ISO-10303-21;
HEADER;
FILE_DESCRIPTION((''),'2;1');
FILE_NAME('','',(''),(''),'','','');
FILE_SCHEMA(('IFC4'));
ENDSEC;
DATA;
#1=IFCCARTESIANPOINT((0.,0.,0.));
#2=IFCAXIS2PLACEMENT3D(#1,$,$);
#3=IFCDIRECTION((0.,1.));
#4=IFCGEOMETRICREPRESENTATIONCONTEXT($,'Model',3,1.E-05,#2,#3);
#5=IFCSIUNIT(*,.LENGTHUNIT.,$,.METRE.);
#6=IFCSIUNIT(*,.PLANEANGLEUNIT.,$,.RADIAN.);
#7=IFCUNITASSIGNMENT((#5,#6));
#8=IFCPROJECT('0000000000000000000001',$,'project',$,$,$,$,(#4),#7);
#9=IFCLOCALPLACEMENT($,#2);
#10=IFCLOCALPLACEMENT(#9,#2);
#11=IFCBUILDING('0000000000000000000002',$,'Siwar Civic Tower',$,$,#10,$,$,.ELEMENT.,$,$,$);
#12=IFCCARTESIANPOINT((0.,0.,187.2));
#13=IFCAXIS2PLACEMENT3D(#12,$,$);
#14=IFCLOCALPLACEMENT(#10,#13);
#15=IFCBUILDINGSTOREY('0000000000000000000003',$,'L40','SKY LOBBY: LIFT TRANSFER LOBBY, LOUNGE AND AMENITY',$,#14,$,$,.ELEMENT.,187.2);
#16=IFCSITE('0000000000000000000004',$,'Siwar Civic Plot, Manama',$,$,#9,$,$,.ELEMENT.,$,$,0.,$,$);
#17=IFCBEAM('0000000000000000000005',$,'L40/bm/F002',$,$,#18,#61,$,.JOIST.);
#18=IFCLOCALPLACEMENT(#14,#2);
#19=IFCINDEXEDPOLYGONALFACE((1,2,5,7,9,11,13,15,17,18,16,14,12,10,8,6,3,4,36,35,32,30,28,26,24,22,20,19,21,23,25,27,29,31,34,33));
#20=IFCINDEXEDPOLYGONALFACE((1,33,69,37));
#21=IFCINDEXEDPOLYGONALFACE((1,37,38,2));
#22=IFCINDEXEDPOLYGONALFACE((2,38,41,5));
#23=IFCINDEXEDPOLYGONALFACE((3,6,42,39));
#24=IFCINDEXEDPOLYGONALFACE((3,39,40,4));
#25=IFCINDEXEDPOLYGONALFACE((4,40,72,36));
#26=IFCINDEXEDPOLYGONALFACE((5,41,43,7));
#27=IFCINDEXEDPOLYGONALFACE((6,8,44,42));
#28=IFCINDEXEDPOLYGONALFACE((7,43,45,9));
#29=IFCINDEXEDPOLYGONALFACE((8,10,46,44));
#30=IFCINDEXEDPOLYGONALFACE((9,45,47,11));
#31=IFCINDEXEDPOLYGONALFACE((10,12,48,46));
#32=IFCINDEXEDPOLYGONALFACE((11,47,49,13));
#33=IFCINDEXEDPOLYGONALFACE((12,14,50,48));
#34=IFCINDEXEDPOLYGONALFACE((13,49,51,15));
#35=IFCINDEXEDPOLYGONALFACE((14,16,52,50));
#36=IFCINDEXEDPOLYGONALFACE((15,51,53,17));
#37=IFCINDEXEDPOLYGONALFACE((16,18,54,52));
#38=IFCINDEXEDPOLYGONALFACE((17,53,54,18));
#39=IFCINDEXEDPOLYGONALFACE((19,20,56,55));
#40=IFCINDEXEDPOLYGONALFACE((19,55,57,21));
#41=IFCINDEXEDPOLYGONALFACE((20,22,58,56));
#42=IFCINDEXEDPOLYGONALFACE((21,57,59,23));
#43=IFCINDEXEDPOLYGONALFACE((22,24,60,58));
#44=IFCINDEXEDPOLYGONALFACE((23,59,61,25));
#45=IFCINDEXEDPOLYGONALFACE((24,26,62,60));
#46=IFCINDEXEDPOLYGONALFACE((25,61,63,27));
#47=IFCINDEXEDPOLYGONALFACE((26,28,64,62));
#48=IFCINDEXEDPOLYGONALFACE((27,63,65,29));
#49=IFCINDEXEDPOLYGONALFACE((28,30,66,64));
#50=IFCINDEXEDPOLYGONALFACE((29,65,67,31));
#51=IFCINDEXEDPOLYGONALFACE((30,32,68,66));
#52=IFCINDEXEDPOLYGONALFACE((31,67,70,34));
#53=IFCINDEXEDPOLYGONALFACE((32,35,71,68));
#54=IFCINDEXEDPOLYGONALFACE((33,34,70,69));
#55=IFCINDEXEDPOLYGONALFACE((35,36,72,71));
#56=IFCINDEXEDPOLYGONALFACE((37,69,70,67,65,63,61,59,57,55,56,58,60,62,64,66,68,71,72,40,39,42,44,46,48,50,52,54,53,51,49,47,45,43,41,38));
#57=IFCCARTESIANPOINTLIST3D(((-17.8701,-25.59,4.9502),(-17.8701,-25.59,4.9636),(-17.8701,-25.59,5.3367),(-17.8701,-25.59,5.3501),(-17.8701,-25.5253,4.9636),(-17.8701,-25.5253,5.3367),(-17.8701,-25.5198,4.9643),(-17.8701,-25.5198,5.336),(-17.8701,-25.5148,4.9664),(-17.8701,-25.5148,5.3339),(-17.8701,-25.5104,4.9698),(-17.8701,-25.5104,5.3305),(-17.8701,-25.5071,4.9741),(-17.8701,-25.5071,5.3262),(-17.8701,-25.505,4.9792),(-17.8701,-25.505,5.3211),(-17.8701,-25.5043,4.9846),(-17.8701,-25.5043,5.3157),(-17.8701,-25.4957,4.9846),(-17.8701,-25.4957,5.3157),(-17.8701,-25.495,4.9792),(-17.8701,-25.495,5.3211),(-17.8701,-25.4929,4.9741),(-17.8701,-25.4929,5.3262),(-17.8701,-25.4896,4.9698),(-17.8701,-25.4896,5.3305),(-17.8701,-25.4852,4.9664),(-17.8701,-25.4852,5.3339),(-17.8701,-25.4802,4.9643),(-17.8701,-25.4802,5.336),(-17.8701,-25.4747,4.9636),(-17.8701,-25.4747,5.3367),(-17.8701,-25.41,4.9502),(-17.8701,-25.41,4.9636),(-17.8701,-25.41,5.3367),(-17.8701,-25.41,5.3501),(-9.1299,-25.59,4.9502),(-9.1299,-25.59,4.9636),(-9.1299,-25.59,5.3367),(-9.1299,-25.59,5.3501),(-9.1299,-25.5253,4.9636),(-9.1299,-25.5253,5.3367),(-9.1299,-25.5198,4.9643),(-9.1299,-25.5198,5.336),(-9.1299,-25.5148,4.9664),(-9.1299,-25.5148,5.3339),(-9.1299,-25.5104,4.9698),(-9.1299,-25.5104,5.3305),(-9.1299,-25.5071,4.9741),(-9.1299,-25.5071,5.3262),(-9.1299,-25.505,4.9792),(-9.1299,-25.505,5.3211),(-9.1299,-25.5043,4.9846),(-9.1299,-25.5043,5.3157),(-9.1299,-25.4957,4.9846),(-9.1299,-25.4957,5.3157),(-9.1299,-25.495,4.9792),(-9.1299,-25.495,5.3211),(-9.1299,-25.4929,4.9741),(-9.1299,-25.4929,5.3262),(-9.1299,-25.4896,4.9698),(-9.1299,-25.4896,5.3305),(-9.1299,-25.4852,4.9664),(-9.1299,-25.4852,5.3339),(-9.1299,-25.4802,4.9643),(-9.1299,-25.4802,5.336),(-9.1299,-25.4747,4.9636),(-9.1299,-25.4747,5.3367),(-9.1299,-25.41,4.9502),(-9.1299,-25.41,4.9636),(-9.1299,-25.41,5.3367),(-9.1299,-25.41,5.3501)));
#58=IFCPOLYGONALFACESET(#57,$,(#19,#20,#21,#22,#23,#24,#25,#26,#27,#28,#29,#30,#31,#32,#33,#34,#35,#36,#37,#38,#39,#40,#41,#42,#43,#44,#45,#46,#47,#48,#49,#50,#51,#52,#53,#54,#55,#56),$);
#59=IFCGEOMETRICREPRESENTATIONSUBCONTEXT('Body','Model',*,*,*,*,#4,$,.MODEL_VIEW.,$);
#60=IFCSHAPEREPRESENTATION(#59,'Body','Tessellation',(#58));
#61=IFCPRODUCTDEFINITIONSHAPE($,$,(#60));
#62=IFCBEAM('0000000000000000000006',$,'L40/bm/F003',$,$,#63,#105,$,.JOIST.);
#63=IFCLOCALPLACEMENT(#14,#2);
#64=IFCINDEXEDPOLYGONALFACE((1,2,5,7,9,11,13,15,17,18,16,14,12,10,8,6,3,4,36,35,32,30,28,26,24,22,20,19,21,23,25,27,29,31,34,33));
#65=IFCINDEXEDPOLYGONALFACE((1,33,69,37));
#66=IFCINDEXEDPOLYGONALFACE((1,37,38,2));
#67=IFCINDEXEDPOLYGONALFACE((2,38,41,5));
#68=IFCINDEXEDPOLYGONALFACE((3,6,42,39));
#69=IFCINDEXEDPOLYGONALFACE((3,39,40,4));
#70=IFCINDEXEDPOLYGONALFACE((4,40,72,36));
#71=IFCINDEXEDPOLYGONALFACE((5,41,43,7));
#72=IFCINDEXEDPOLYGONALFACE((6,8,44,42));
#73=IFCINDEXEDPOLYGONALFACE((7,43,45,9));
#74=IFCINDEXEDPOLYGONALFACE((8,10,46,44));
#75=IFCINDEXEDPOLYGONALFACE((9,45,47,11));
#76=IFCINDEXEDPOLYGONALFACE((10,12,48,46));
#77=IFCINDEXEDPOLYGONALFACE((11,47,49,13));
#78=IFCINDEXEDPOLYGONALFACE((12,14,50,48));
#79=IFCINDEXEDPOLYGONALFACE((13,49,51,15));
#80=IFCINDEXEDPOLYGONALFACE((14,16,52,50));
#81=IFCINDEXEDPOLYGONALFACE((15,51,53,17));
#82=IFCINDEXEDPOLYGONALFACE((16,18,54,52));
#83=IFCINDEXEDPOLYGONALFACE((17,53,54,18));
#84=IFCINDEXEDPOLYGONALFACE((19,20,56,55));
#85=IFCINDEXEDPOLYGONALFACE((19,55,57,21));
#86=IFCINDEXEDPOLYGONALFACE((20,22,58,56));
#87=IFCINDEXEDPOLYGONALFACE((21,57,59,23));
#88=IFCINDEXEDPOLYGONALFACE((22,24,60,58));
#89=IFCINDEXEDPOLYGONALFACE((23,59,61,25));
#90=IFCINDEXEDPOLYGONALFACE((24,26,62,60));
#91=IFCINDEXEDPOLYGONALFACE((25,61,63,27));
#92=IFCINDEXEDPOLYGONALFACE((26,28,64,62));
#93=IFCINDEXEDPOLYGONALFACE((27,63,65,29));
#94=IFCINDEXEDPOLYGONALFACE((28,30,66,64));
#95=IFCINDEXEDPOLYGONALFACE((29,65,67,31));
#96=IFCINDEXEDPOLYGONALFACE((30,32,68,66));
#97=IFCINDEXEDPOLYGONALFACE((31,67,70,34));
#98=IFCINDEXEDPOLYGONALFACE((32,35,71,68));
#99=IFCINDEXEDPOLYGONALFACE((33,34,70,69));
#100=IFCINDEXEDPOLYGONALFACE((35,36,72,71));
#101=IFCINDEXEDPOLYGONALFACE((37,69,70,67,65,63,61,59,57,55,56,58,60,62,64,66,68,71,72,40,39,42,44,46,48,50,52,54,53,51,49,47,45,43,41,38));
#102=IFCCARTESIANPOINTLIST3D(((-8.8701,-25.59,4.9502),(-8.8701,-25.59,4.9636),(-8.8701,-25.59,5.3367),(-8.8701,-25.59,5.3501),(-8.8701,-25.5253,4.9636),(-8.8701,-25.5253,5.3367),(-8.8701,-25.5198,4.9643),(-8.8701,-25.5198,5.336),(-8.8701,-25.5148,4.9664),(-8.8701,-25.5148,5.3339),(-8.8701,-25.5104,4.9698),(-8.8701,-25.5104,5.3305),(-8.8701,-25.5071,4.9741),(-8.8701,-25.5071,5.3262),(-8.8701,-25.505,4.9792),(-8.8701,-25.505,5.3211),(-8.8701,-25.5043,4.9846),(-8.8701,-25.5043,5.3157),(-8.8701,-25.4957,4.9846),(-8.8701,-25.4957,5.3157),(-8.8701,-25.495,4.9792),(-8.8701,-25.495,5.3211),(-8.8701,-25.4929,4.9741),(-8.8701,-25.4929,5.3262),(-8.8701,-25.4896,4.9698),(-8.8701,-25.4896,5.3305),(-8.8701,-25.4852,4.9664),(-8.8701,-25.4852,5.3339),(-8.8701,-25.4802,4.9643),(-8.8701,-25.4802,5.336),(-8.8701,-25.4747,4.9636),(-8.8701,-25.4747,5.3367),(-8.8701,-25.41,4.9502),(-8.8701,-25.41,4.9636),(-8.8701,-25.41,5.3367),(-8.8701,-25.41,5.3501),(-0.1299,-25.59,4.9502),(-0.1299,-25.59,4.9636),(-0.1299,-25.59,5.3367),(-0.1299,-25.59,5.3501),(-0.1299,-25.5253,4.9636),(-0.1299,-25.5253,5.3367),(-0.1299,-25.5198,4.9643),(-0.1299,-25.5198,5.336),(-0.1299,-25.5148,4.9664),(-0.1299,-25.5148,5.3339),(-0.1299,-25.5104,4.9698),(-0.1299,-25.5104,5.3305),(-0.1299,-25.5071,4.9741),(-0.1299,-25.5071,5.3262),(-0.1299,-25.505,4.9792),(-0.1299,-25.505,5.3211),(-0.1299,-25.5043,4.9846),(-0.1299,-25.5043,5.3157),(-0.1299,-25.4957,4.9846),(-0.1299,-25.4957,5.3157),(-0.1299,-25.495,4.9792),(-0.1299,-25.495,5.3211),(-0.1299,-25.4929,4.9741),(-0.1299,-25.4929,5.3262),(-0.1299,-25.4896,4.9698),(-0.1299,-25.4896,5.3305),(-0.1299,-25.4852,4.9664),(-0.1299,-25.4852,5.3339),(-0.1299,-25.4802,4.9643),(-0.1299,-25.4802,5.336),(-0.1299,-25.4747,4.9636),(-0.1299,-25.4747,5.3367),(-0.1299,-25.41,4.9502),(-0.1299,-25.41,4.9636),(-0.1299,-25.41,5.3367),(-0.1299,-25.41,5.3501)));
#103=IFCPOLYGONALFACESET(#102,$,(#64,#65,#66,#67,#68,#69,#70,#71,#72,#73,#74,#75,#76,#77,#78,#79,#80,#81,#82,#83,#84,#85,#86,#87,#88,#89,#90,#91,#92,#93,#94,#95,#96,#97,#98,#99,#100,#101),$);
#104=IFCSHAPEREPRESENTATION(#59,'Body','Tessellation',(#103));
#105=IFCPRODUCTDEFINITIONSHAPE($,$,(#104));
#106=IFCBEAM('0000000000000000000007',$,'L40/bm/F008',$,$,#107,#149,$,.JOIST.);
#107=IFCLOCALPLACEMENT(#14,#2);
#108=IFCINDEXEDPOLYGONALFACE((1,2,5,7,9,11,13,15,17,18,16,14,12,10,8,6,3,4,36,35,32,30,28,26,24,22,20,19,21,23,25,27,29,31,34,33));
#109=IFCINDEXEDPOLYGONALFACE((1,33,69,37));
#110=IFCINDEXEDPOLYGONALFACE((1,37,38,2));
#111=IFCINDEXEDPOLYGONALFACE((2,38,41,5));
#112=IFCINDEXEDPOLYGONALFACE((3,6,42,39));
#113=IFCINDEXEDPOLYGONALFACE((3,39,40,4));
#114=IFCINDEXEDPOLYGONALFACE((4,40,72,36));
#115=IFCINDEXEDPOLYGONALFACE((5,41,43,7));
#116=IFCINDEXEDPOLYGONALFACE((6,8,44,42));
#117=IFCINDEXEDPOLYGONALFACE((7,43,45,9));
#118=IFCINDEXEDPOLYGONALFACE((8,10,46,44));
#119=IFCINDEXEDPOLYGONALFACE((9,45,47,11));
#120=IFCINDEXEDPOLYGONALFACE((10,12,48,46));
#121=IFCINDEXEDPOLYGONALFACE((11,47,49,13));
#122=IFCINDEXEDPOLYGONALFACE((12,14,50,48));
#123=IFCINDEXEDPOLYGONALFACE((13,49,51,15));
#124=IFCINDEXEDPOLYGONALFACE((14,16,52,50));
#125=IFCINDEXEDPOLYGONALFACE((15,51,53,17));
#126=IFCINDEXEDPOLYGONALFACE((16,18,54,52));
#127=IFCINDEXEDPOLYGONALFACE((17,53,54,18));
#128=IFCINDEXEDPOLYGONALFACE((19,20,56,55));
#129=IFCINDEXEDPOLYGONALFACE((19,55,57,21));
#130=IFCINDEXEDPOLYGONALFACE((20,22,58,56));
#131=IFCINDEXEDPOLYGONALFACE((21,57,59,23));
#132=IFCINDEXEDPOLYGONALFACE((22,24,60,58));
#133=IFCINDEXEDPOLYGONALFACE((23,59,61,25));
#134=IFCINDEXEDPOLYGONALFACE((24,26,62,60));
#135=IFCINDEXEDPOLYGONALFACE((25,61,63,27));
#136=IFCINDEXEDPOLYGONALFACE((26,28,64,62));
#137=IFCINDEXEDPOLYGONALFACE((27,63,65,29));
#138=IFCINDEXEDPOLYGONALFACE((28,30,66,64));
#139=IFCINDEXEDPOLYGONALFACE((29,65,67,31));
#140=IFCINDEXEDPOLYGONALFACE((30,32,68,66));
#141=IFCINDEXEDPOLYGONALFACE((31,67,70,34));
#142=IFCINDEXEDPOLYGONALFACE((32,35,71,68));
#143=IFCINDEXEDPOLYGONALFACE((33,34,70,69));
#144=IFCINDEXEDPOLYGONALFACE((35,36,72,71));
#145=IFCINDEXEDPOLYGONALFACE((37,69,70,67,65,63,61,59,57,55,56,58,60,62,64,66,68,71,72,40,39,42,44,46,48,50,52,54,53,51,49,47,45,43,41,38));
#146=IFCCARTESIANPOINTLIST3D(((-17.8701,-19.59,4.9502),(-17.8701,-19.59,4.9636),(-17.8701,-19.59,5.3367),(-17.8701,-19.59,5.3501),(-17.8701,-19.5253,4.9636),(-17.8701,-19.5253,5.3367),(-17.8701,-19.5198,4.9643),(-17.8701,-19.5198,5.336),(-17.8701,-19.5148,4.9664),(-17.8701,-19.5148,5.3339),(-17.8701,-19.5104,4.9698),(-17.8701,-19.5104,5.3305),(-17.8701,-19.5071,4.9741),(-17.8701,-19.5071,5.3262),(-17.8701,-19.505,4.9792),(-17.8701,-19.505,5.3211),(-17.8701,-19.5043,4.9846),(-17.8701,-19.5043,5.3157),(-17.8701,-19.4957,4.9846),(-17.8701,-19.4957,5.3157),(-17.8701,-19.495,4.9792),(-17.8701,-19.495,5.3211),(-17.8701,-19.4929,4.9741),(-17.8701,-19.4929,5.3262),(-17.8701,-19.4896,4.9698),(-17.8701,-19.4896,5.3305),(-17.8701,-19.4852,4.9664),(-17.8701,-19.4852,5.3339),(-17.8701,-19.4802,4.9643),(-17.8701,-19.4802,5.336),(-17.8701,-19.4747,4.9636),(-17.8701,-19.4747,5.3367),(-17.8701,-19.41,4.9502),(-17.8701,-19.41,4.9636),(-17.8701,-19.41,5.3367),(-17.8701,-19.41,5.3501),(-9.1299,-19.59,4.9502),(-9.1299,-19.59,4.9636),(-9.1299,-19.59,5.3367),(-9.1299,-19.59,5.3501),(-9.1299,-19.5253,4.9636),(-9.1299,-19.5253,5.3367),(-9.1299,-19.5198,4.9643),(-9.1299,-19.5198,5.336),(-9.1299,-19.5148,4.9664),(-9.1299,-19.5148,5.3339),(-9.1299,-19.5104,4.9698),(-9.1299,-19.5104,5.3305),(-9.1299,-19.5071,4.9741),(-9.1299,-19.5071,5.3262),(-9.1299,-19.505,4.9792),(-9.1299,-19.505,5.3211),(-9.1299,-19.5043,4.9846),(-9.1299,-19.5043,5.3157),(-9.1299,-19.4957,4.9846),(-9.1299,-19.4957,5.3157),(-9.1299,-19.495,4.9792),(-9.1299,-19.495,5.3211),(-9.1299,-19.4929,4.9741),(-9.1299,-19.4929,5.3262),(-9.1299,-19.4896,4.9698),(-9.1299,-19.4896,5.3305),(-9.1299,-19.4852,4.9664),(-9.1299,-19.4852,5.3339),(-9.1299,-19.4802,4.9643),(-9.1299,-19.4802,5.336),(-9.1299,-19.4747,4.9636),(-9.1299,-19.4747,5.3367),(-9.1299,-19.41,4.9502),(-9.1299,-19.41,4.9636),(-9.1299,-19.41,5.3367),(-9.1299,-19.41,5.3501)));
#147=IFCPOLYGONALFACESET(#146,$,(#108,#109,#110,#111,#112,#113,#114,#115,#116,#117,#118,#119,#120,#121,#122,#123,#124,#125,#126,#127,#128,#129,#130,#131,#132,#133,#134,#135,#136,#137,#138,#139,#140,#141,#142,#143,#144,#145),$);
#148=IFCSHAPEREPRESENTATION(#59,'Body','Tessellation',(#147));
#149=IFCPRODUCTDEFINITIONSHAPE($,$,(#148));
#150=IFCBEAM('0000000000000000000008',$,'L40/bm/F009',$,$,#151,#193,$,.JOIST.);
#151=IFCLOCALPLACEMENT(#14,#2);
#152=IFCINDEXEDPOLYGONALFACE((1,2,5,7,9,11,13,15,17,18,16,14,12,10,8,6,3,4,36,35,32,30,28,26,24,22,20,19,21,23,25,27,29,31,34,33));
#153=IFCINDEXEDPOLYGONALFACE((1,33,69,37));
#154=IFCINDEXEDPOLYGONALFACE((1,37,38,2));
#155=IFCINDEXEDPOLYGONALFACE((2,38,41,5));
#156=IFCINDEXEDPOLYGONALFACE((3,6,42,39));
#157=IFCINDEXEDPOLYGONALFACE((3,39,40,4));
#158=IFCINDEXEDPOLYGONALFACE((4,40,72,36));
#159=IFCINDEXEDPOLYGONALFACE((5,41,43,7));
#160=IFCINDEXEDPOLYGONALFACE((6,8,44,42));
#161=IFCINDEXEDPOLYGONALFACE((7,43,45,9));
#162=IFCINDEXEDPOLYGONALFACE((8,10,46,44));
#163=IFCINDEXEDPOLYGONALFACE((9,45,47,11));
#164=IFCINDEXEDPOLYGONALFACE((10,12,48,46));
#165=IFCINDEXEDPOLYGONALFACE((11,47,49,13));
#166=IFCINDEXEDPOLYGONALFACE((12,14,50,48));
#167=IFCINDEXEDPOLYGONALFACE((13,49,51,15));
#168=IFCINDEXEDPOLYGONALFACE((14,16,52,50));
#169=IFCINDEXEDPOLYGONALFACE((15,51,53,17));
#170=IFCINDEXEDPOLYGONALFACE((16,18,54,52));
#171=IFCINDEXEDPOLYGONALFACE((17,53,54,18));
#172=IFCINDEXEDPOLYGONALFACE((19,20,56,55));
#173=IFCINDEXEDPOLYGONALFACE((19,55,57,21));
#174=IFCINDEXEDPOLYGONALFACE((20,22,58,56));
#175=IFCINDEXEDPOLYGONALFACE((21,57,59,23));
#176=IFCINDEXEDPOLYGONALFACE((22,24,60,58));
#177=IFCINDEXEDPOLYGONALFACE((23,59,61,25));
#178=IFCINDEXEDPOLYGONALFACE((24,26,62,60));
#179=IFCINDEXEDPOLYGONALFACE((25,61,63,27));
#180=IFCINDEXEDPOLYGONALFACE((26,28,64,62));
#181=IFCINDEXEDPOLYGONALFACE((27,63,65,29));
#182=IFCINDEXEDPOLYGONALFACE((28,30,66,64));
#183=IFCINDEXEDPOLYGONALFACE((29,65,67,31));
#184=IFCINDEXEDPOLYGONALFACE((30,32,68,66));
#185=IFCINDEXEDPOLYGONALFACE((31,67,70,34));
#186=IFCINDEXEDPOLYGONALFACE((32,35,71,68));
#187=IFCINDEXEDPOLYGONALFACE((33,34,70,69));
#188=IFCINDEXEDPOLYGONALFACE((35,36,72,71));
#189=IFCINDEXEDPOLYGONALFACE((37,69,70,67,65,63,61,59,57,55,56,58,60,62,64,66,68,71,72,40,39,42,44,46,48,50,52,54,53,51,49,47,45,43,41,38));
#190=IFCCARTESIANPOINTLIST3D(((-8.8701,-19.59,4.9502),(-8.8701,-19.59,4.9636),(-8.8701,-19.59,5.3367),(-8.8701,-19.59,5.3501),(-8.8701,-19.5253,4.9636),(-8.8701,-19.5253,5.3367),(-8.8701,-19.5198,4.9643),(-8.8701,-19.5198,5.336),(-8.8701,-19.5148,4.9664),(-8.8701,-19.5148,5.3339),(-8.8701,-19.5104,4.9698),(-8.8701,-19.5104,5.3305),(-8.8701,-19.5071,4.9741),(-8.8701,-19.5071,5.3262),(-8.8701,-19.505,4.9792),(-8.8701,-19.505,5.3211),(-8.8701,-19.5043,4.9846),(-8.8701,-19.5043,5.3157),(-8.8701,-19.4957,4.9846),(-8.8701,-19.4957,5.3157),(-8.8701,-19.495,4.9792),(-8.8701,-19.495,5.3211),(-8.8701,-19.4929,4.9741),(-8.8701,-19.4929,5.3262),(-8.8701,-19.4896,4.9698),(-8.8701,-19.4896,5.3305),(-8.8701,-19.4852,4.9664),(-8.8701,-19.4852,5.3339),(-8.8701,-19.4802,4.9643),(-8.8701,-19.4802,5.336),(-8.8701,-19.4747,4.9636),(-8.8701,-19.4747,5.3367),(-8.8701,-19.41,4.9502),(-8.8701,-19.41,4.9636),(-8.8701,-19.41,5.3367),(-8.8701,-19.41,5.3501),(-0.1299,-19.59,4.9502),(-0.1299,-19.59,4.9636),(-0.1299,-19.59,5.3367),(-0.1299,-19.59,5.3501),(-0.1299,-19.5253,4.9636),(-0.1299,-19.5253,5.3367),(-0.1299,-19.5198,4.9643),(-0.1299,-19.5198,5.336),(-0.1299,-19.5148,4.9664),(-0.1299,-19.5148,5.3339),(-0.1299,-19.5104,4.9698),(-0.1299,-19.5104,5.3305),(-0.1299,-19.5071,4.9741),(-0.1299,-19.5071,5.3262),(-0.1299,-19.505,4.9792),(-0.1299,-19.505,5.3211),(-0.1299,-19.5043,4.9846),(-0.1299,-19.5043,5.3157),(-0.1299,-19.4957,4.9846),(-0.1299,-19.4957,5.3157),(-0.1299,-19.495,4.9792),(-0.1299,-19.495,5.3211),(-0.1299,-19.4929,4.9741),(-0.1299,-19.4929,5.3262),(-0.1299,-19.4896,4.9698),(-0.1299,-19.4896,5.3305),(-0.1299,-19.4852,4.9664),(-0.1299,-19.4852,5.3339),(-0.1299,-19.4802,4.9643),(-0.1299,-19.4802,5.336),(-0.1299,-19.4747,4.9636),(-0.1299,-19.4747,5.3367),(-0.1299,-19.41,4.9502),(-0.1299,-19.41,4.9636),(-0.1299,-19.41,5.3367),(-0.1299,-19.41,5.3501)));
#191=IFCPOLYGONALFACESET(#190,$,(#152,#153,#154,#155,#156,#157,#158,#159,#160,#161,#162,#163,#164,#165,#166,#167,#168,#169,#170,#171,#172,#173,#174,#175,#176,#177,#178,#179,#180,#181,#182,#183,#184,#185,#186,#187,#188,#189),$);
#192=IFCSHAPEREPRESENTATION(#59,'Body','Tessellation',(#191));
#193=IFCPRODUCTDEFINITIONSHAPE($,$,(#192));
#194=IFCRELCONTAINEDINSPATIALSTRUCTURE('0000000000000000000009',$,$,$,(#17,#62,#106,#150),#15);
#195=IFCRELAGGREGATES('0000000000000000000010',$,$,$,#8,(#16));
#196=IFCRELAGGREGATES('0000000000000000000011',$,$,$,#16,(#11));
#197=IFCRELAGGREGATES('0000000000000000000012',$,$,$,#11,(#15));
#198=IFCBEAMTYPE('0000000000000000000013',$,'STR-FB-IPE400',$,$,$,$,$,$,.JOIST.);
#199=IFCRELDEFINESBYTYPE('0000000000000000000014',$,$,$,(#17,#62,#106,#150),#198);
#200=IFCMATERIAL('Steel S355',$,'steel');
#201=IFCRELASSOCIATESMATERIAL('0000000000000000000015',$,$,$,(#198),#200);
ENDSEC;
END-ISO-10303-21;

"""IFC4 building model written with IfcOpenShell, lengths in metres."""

from ifc_helpers import new_model, si_unit, direction, frame, origin, origin_2d, place, context, subcontext, project, spatial, i_section, extrude, material, material_profile, profile_set, type_object, element, save


model = new_model("IFC4")

# Units and contexts
model_context = context("Model", 3, precision=1e-05, world=origin(), true_north=direction((0.0, 1.0)))
body_context = subcontext(model_context, "Body", "Model", "MODEL_VIEW")
ifc_project = project(units=[si_unit("LENGTHUNIT", "METRE"), si_unit("PLANEANGLEUNIT", "RADIAN")], contexts=[model_context])

# Site, building, storey
site_placement = place(None, origin())
site = spatial("IfcSite", under=ifc_project, at=site_placement, Name="Siwar Civic Plot, Manama", CompositionType="ELEMENT", RefElevation=0.0)
building_placement = place(site_placement, origin())
building = spatial("IfcBuilding", under=site, at=building_placement, Name="Siwar Civic Tower", CompositionType="ELEMENT")
storey_placement = place(building_placement, frame((0.0, 0.0, 187.2)))
storey = spatial("IfcBuildingStorey", under=building, at=storey_placement, Name="L40", Description="SKY LOBBY: LIFT TRANSFER LOBBY, LOUNGE AND AMENITY", CompositionType="ELEMENT", Elevation=187.2)

# Beams
ifc_material_1 = material(Name="Steel S355", Category="steel")
ifc_material_profile_1 = material_profile(ifc_material_1, i_section(OverallWidth=0.1799, OverallDepth=0.3999, WebThickness=0.0085, FlangeThickness=0.0134, FilletRadius=0.021, at=origin_2d()), Name="IPE400")
ifc_profile_set_1 = profile_set([ifc_material_profile_1], Name="Steel S355")
beam_type_1 = type_object("IfcBeamType", Name="STR-FB-IPE400", PredefinedType="JOIST", material=ifc_profile_set_1)
for number, where, z_axis, x_axis, name in (
    (1, (-17.8701, -25.5, 5.1501), (1.0, 0.0, 0.0), (0.0, 1.0, 0.0), "L40/bm/F002"),
    (2, (-8.8701, -25.5, 5.1501), (1.0, 0.0, 0.0), (0.0, 1.0, 0.0), "L40/bm/F003"),
    (3, (-17.8701, -19.5, 5.1501), (1.0, 0.0, 0.0), (0.0, 1.0, 0.0), "L40/bm/F008"),
    (4, (-8.8701, -19.5, 5.1501), (1.0, 0.0, 0.0), (0.0, 1.0, 0.0), "L40/bm/F009"),
):
    element("IfcBeam", number, at=place(storey_placement, frame(where, z_axis=z_axis, x_axis=x_axis)), inside=storey, type_object=beam_type_1, Name=name, PredefinedType="JOIST", context=body_context, shape_type="SweptSolid", body=[
        extrude(i_section(OverallWidth=0.1799, OverallDepth=0.3999, WebThickness=0.0085, FlangeThickness=0.0134, FilletRadius=0.021, at=origin_2d()), origin(), (0.0, 0.0, 1.0), 8.7402),
    ])

save(model, "model.ifc")
